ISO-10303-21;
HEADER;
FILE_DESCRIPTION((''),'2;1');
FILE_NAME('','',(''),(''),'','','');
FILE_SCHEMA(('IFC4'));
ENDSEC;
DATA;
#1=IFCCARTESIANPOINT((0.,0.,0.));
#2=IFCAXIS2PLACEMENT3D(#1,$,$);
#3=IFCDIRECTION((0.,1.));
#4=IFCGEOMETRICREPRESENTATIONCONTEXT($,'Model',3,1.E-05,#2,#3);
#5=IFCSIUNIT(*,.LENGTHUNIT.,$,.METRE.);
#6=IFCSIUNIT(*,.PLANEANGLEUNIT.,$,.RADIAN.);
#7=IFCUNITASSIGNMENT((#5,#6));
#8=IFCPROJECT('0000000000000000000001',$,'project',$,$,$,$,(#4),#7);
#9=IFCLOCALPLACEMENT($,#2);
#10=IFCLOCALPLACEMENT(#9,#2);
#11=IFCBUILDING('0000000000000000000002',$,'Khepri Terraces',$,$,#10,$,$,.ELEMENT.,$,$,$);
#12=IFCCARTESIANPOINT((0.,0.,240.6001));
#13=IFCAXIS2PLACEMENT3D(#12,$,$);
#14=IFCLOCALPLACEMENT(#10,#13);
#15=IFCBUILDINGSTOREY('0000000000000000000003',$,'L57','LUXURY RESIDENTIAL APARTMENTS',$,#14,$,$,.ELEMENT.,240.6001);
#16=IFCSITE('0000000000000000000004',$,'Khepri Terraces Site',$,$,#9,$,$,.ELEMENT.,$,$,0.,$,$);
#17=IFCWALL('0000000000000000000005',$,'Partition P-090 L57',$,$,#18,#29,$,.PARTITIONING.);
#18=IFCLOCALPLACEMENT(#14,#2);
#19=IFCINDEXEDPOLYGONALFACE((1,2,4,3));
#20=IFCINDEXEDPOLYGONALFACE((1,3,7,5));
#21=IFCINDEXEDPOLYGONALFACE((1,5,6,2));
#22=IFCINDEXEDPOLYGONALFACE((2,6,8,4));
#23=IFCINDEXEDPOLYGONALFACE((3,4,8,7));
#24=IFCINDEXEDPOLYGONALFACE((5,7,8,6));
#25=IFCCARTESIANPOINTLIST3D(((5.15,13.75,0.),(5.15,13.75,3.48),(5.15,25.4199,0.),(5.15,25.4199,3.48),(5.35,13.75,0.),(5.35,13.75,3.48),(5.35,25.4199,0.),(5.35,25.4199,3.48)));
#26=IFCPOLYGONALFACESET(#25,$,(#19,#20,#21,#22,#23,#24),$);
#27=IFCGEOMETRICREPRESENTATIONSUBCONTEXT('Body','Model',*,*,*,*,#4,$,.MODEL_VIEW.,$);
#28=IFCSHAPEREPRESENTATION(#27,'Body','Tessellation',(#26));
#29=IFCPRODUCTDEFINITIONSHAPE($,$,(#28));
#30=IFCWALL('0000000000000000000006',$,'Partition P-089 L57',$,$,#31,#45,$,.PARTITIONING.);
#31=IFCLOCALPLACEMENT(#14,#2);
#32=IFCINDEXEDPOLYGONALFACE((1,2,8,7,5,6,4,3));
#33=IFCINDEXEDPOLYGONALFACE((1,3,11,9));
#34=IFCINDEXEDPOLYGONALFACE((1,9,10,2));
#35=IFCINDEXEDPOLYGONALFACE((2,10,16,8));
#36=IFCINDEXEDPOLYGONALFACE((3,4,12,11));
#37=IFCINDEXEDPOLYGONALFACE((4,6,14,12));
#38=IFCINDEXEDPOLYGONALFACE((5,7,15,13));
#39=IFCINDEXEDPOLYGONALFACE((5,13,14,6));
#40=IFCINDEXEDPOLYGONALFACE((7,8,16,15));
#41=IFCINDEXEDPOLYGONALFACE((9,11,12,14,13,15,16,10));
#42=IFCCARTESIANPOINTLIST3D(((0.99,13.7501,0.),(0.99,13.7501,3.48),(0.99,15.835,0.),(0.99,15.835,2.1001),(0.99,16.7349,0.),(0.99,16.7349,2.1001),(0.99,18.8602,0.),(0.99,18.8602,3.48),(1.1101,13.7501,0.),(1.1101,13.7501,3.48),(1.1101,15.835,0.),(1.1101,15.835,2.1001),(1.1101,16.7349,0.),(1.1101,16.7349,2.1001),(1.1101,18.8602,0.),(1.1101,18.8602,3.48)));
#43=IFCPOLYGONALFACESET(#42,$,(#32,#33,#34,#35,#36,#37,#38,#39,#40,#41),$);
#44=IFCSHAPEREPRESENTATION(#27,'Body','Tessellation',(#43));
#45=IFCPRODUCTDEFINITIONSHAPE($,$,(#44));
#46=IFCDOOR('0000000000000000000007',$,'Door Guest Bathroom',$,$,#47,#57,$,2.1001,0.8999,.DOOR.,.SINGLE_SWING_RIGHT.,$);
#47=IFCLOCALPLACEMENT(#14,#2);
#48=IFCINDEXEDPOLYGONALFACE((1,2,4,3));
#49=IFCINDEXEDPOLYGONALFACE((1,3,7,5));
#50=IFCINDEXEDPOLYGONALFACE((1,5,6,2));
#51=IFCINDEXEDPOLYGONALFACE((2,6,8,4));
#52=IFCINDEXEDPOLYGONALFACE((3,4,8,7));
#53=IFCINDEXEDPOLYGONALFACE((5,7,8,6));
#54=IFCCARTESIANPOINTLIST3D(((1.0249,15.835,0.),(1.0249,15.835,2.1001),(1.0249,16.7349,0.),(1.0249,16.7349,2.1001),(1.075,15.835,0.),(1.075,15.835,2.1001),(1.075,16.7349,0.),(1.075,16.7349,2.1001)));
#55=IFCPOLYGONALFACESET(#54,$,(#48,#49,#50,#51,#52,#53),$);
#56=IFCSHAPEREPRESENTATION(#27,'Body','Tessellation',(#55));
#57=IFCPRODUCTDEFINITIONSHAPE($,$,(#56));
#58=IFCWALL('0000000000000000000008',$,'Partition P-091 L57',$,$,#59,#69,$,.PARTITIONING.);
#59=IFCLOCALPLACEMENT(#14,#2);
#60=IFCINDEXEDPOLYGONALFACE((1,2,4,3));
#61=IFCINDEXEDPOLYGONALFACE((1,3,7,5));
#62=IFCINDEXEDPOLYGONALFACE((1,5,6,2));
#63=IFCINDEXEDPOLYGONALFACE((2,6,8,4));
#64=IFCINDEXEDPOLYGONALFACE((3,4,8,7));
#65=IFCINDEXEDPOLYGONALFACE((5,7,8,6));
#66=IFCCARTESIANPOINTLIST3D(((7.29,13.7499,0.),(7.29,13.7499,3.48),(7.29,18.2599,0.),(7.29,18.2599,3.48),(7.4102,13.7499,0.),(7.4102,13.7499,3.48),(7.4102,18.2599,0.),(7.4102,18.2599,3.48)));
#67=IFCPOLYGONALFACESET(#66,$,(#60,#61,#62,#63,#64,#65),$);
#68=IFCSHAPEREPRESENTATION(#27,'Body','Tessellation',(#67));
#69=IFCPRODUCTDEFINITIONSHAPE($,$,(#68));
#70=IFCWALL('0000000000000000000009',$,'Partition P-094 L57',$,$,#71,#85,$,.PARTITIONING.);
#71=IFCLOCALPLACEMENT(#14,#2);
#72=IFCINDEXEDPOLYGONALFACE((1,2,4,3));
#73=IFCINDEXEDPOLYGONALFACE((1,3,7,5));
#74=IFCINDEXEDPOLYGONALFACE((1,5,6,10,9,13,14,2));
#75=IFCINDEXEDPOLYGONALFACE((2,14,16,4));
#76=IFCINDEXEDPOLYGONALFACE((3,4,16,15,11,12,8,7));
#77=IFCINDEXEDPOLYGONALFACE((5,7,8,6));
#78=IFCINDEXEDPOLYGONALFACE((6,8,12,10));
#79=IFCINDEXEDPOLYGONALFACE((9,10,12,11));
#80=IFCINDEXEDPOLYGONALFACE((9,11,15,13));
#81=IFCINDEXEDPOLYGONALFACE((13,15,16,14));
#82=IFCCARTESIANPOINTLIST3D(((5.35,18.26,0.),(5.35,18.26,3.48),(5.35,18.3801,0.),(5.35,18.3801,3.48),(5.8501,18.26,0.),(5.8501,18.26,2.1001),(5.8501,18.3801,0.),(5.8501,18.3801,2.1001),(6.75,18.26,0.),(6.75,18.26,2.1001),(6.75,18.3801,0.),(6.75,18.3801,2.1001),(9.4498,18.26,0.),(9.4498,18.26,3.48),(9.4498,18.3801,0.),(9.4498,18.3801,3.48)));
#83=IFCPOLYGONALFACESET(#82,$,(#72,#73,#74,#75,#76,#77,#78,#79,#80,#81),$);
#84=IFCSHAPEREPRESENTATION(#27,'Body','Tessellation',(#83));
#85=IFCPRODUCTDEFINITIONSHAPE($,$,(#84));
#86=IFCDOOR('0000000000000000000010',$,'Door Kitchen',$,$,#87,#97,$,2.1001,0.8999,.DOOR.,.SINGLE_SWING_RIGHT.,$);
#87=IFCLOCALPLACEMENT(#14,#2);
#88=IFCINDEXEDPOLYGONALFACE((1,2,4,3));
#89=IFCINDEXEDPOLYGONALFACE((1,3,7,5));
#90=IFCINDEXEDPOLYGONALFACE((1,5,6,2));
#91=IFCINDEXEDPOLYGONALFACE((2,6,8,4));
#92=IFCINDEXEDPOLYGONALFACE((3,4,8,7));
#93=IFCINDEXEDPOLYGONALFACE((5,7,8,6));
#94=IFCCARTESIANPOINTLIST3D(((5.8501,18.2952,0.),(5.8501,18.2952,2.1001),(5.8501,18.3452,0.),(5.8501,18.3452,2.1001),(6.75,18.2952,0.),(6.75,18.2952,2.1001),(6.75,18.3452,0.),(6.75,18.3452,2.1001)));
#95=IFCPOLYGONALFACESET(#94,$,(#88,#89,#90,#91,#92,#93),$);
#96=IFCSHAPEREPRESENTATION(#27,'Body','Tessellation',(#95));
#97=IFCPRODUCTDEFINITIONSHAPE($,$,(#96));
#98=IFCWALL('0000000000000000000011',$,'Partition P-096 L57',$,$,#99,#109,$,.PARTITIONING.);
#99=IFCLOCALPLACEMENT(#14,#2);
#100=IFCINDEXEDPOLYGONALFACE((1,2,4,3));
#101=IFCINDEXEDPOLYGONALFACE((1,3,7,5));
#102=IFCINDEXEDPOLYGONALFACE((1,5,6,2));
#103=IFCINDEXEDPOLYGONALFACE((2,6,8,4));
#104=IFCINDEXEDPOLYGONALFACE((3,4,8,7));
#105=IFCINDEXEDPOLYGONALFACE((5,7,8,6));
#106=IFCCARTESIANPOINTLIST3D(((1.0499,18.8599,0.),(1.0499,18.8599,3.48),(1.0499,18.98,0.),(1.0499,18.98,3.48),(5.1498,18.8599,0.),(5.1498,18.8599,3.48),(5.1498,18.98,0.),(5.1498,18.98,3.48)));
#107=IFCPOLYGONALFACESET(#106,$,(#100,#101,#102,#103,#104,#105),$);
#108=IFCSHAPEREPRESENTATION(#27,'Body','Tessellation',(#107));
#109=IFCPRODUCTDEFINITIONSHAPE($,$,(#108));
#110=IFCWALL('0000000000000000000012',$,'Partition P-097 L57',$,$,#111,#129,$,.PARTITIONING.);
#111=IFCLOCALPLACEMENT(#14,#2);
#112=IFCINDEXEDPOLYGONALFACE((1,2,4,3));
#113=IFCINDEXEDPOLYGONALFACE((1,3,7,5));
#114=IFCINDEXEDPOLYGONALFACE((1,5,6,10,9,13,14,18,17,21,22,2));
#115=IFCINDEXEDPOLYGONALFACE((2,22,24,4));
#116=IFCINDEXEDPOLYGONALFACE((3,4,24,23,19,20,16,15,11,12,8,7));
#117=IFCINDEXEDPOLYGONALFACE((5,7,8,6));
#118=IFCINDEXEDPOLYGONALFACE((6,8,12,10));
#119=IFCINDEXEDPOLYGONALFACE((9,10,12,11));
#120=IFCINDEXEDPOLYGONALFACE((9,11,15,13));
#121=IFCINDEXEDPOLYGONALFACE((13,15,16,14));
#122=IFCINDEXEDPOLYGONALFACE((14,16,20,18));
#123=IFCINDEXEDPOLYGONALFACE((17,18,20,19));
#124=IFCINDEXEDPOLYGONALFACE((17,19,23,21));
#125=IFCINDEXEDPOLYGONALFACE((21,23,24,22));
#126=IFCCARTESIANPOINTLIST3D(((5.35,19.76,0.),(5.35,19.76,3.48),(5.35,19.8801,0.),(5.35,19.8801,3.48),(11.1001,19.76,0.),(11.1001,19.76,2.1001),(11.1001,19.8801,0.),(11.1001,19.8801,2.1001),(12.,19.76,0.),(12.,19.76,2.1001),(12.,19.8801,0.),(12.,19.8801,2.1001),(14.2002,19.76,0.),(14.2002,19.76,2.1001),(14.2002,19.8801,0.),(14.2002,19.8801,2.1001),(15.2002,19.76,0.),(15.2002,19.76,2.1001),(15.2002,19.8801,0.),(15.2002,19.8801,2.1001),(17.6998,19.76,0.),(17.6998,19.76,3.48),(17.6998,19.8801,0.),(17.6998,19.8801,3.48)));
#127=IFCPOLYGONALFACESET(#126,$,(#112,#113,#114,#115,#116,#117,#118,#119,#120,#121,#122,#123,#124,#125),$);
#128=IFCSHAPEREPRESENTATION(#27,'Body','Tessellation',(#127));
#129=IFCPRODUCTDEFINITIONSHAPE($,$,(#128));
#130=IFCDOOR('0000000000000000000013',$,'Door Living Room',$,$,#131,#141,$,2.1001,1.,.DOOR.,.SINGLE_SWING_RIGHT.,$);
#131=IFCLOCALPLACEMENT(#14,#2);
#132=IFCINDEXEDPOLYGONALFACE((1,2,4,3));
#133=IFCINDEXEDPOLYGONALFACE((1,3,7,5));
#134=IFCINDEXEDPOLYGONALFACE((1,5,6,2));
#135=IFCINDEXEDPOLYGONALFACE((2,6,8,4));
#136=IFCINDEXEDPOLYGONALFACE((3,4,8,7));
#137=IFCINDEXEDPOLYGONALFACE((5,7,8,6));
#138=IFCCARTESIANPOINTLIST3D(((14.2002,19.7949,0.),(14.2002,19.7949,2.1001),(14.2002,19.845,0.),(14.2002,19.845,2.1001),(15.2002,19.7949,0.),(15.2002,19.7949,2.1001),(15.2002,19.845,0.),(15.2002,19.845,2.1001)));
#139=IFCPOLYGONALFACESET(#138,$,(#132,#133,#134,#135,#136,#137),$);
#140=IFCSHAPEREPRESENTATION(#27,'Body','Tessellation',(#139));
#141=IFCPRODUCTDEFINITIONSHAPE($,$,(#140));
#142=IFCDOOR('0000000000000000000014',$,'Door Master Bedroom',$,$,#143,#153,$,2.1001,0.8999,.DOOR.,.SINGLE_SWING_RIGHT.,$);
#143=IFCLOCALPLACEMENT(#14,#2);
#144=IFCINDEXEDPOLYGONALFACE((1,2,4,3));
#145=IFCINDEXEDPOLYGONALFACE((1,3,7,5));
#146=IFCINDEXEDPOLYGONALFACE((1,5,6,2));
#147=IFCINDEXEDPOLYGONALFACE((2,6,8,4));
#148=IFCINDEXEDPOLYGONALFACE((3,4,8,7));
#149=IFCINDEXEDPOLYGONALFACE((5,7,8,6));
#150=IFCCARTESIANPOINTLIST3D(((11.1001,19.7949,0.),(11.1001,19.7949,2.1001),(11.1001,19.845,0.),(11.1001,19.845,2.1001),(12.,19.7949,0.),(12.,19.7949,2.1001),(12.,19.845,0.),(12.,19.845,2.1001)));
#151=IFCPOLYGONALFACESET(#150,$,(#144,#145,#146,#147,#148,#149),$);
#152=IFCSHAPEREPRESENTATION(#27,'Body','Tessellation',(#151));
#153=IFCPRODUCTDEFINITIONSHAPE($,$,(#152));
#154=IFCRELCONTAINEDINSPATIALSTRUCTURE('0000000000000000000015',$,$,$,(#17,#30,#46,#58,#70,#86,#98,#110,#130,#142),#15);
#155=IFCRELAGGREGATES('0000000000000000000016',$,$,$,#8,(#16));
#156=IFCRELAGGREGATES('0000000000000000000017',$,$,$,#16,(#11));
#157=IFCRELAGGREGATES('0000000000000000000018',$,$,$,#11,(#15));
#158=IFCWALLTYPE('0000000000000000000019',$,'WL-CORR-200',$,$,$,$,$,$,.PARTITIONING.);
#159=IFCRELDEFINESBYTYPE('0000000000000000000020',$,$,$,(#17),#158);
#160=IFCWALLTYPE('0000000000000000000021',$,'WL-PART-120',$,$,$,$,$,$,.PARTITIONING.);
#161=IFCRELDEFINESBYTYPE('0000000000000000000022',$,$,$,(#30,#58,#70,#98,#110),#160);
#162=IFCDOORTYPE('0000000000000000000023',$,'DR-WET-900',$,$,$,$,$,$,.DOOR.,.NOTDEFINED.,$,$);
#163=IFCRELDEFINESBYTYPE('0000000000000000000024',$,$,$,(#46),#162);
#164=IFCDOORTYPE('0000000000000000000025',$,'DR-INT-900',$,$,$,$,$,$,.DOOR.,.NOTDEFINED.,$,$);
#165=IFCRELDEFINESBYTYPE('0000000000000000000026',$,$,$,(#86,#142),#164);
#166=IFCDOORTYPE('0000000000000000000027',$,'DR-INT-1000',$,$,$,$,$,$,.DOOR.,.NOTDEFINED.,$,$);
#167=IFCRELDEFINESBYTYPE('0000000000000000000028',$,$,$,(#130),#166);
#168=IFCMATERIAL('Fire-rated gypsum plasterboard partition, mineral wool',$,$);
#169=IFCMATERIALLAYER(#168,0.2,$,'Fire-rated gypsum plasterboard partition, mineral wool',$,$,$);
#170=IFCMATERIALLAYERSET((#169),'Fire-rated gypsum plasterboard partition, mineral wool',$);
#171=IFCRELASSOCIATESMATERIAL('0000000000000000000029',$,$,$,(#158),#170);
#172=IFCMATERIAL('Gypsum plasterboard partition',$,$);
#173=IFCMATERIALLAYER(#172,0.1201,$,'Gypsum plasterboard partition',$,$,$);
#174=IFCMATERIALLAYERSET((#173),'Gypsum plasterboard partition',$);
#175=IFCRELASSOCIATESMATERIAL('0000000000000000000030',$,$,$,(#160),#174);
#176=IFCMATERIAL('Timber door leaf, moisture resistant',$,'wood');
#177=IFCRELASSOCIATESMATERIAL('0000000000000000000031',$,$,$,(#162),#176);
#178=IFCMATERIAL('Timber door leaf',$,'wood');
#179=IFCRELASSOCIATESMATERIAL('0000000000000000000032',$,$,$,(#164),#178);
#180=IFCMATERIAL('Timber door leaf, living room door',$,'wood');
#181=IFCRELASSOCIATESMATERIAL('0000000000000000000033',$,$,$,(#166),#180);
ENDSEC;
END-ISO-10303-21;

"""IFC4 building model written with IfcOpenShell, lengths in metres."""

from ifc_helpers import new_model, si_unit, direction, frame, frame_2d, origin, place, context, subcontext, project, spatial, rectangle, extrude, material, layer, layer_set, type_object, element, fill, save


model = new_model("IFC4")

# Units and contexts
model_context = context("Model", 3, precision=1e-05, world=origin(), true_north=direction((0.0, 1.0)))
body_context = subcontext(model_context, "Body", "Model", "MODEL_VIEW")
ifc_project = project(units=[si_unit("LENGTHUNIT", "METRE"), si_unit("PLANEANGLEUNIT", "RADIAN")], contexts=[model_context])

# Site, building, storey
site_placement = place(None, origin())
site = spatial("IfcSite", under=ifc_project, at=site_placement, Name="Khepri Terraces Site", CompositionType="ELEMENT", RefElevation=0.0)
building_placement = place(site_placement, origin())
building = spatial("IfcBuilding", under=site, at=building_placement, Name="Khepri Terraces", CompositionType="ELEMENT")
storey_placement = place(building_placement, frame((0.0, 0.0, 240.6001)))
storey = spatial("IfcBuildingStorey", under=building, at=storey_placement, Name="L57", Description="LUXURY RESIDENTIAL APARTMENTS", CompositionType="ELEMENT", Elevation=240.6001)

# Wall
ifc_material_1 = material(Name="Fire-rated gypsum plasterboard partition, mineral wool")
ifc_layer_1 = layer(ifc_material_1, 0.2, Name="Fire-rated gypsum plasterboard partition, mineral wool")
ifc_layer_set_1 = layer_set([ifc_layer_1], Name="Fire-rated gypsum plasterboard partition, mineral wool")
wall_type_1 = type_object("IfcWallType", Name="WL-CORR-200", PredefinedType="PARTITIONING", material=ifc_layer_set_1)
wall_1_placement = place(storey_placement, frame((5.25, 13.75, 0.0), z_axis=(0.0, 0.0, 1.0), x_axis=(0.0, 1.0, 0.0)))
element("IfcWall", 1, at=wall_1_placement, inside=storey, type_object=wall_type_1, Name="Partition P-090 L57", PredefinedType="PARTITIONING", context=body_context, shape_type="SweptSolid", body=[
    extrude(rectangle(XDim=11.6699, YDim=0.2, at=frame_2d((5.835, 0.0))), origin(), (0.0, 0.0, 1.0), 3.48),
])

# Wall, opening, door
ifc_material_2 = material(Name="Gypsum plasterboard partition")
ifc_layer_2 = layer(ifc_material_2, 0.1201, Name="Gypsum plasterboard partition")
ifc_layer_set_2 = layer_set([ifc_layer_2], Name="Gypsum plasterboard partition")
wall_type_2 = type_object("IfcWallType", Name="WL-PART-120", PredefinedType="PARTITIONING", material=ifc_layer_set_2)
wall_2_placement = place(storey_placement, frame((1.05, 13.75, 0.0), z_axis=(0.0, 0.0, 1.0), x_axis=(0.0, 1.0, 0.0)))
wall_2 = element("IfcWall", 2, at=wall_2_placement, inside=storey, type_object=wall_type_2, Name="Partition P-089 L57", PredefinedType="PARTITIONING", context=body_context, shape_type="SweptSolid", body=[
    extrude(rectangle(XDim=5.1101, YDim=0.1201, at=frame_2d((2.5552, 0.0))), origin(), (0.0, 0.0, 1.0), 3.48),
])
opening_1_placement = place(wall_2_placement, frame((2.085, 0.0, 0.0)))
opening_1 = element("IfcOpeningElement", 3, at=opening_1_placement, cuts=wall_2, PredefinedType="OPENING", context=body_context, shape_type="SweptSolid", body=[
    extrude(rectangle(XDim=0.8999, YDim=2.1001, at=frame_2d((0.45, 1.05))), frame((0.0, 0.0701, 0.0), z_axis=(0.0, -1.0, 0.0), x_axis=(1.0, 0.0, 0.0)), (0.0, 0.0, 1.0), 0.1401),
])
ifc_material_3 = material(Name="Timber door leaf, moisture resistant", Category="wood")
door_type_1 = type_object("IfcDoorType", Name="DR-WET-900", OperationType="NOTDEFINED", PredefinedType="DOOR", material=ifc_material_3)
door_1_placement = place(opening_1_placement, frame((0.8999, 0.0, 0.0), z_axis=(0.0, 0.0, 1.0), x_axis=(-1.0, 0.0, 0.0)))
door_1 = element("IfcDoor", 4, at=door_1_placement, inside=storey, type_object=door_type_1, Name="Door Guest Bathroom", OperationType="SINGLE_SWING_RIGHT", OverallHeight=2.1001, OverallWidth=0.8999, PredefinedType="DOOR", context=body_context, shape_type="SweptSolid", body=[
    extrude(rectangle(XDim=0.8999, YDim=2.1001, at=frame_2d((0.45, 1.05))), frame((0.0, 0.0249, 0.0), z_axis=(0.0, -1.0, 0.0), x_axis=(1.0, 0.0, 0.0)), (0.0, 0.0, 1.0), 0.05),
])
fill(opening_1, door_1)

# Wall
wall_3_placement = place(storey_placement, frame((7.3501, 13.75, 0.0), z_axis=(0.0, 0.0, 1.0), x_axis=(0.0, 1.0, 0.0)))
element("IfcWall", 5, at=wall_3_placement, inside=storey, type_object=wall_type_2, Name="Partition P-091 L57", PredefinedType="PARTITIONING", context=body_context, shape_type="SweptSolid", body=[
    extrude(rectangle(XDim=4.51, YDim=0.1201, at=frame_2d((2.2549, 0.0))), origin(), (0.0, 0.0, 1.0), 3.48),
])

# Wall, opening, door
wall_4_placement = place(storey_placement, frame((5.3501, 18.3201, 0.0), z_axis=(0.0, 0.0, 1.0), x_axis=(1.0, 0.0, 0.0)))
wall_4 = element("IfcWall", 6, at=wall_4_placement, inside=storey, type_object=wall_type_2, Name="Partition P-094 L57", PredefinedType="PARTITIONING", context=body_context, shape_type="SweptSolid", body=[
    extrude(rectangle(XDim=4.0999, YDim=0.1201, at=frame_2d((2.0498, 0.0))), origin(), (0.0, 0.0, 1.0), 3.48),
])
opening_2_placement = place(wall_4_placement, frame((0.5, 0.0, 0.0)))
opening_2 = element("IfcOpeningElement", 7, at=opening_2_placement, cuts=wall_4, PredefinedType="OPENING", context=body_context, shape_type="SweptSolid", body=[
    extrude(rectangle(XDim=0.8999, YDim=2.1001, at=frame_2d((0.45, 1.05))), frame((0.0, 0.0701, 0.0), z_axis=(0.0, -1.0, 0.0), x_axis=(1.0, 0.0, 0.0)), (0.0, 0.0, 1.0), 0.1401),
])
ifc_material_4 = material(Name="Timber door leaf", Category="wood")
door_type_2 = type_object("IfcDoorType", Name="DR-INT-900", OperationType="NOTDEFINED", PredefinedType="DOOR", material=ifc_material_4)
door_2_placement = place(opening_2_placement, frame((0.8999, 0.0, 0.0), z_axis=(0.0, 0.0, 1.0), x_axis=(-1.0, 0.0, 0.0)))
door_2 = element("IfcDoor", 8, at=door_2_placement, inside=storey, type_object=door_type_2, Name="Door Kitchen", OperationType="SINGLE_SWING_RIGHT", OverallHeight=2.1001, OverallWidth=0.8999, PredefinedType="DOOR", context=body_context, shape_type="SweptSolid", body=[
    extrude(rectangle(XDim=0.8999, YDim=2.1001, at=frame_2d((0.45, 1.05))), frame((0.0, 0.0249, 0.0), z_axis=(0.0, -1.0, 0.0), x_axis=(1.0, 0.0, 0.0)), (0.0, 0.0, 1.0), 0.05),
])
fill(opening_2, door_2)

# Wall
wall_5_placement = place(storey_placement, frame((1.05, 18.9199, 0.0), z_axis=(0.0, 0.0, 1.0), x_axis=(1.0, 0.0, 0.0)))
element("IfcWall", 9, at=wall_5_placement, inside=storey, type_object=wall_type_2, Name="Partition P-096 L57", PredefinedType="PARTITIONING", context=body_context, shape_type="SweptSolid", body=[
    extrude(rectangle(XDim=4.0999, YDim=0.1201, at=frame_2d((2.0498, 0.0))), origin(), (0.0, 0.0, 1.0), 3.48),
])

# Wall, openings, doors
wall_6_placement = place(storey_placement, frame((5.3501, 19.8201, 0.0), z_axis=(0.0, 0.0, 1.0), x_axis=(1.0, 0.0, 0.0)))
wall_6 = element("IfcWall", 10, at=wall_6_placement, inside=storey, type_object=wall_type_2, Name="Partition P-097 L57", PredefinedType="PARTITIONING", context=body_context, shape_type="SweptSolid", body=[
    extrude(rectangle(XDim=12.3499, YDim=0.1201, at=frame_2d((6.1748, 0.0))), origin(), (0.0, 0.0, 1.0), 3.48),
])
opening_3_placement = place(wall_6_placement, frame((8.8501, 0.0, 0.0)))
opening_3 = element("IfcOpeningElement", 11, at=opening_3_placement, cuts=wall_6, PredefinedType="OPENING", context=body_context, shape_type="SweptSolid", body=[
    extrude(rectangle(XDim=1.0, YDim=2.1001, at=frame_2d((0.5, 1.05))), frame((0.0, 0.0701, 0.0), z_axis=(0.0, -1.0, 0.0), x_axis=(1.0, 0.0, 0.0)), (0.0, 0.0, 1.0), 0.1401),
])
opening_4_placement = place(wall_6_placement, frame((5.75, 0.0, 0.0)))
opening_4 = element("IfcOpeningElement", 12, at=opening_4_placement, cuts=wall_6, PredefinedType="OPENING", context=body_context, shape_type="SweptSolid", body=[
    extrude(rectangle(XDim=0.8999, YDim=2.1001, at=frame_2d((0.45, 1.05))), frame((0.0, 0.0701, 0.0), z_axis=(0.0, -1.0, 0.0), x_axis=(1.0, 0.0, 0.0)), (0.0, 0.0, 1.0), 0.1401),
])
ifc_material_5 = material(Name="Timber door leaf, living room door", Category="wood")
door_type_3 = type_object("IfcDoorType", Name="DR-INT-1000", OperationType="NOTDEFINED", PredefinedType="DOOR", material=ifc_material_5)
door_3_placement = place(opening_3_placement, origin())
door_3 = element("IfcDoor", 13, at=door_3_placement, inside=storey, type_object=door_type_3, Name="Door Living Room", OperationType="SINGLE_SWING_RIGHT", OverallHeight=2.1001, OverallWidth=1.0, PredefinedType="DOOR", context=body_context, shape_type="SweptSolid", body=[
    extrude(rectangle(XDim=1.0, YDim=2.1001, at=frame_2d((0.5, 1.05))), frame((0.0, 0.0249, 0.0), z_axis=(0.0, -1.0, 0.0), x_axis=(1.0, 0.0, 0.0)), (0.0, 0.0, 1.0), 0.05),
])
fill(opening_3, door_3)
door_4_placement = place(opening_4_placement, origin())
door_4 = element("IfcDoor", 14, at=door_4_placement, inside=storey, type_object=door_type_2, Name="Door Master Bedroom", OperationType="SINGLE_SWING_RIGHT", OverallHeight=2.1001, OverallWidth=0.8999, PredefinedType="DOOR", context=body_context, shape_type="SweptSolid", body=[
    extrude(rectangle(XDim=0.8999, YDim=2.1001, at=frame_2d((0.45, 1.05))), frame((0.0, 0.0249, 0.0), z_axis=(0.0, -1.0, 0.0), x_axis=(1.0, 0.0, 0.0)), (0.0, 0.0, 1.0), 0.05),
])
fill(opening_4, door_4)

save(model, "model.ifc")
